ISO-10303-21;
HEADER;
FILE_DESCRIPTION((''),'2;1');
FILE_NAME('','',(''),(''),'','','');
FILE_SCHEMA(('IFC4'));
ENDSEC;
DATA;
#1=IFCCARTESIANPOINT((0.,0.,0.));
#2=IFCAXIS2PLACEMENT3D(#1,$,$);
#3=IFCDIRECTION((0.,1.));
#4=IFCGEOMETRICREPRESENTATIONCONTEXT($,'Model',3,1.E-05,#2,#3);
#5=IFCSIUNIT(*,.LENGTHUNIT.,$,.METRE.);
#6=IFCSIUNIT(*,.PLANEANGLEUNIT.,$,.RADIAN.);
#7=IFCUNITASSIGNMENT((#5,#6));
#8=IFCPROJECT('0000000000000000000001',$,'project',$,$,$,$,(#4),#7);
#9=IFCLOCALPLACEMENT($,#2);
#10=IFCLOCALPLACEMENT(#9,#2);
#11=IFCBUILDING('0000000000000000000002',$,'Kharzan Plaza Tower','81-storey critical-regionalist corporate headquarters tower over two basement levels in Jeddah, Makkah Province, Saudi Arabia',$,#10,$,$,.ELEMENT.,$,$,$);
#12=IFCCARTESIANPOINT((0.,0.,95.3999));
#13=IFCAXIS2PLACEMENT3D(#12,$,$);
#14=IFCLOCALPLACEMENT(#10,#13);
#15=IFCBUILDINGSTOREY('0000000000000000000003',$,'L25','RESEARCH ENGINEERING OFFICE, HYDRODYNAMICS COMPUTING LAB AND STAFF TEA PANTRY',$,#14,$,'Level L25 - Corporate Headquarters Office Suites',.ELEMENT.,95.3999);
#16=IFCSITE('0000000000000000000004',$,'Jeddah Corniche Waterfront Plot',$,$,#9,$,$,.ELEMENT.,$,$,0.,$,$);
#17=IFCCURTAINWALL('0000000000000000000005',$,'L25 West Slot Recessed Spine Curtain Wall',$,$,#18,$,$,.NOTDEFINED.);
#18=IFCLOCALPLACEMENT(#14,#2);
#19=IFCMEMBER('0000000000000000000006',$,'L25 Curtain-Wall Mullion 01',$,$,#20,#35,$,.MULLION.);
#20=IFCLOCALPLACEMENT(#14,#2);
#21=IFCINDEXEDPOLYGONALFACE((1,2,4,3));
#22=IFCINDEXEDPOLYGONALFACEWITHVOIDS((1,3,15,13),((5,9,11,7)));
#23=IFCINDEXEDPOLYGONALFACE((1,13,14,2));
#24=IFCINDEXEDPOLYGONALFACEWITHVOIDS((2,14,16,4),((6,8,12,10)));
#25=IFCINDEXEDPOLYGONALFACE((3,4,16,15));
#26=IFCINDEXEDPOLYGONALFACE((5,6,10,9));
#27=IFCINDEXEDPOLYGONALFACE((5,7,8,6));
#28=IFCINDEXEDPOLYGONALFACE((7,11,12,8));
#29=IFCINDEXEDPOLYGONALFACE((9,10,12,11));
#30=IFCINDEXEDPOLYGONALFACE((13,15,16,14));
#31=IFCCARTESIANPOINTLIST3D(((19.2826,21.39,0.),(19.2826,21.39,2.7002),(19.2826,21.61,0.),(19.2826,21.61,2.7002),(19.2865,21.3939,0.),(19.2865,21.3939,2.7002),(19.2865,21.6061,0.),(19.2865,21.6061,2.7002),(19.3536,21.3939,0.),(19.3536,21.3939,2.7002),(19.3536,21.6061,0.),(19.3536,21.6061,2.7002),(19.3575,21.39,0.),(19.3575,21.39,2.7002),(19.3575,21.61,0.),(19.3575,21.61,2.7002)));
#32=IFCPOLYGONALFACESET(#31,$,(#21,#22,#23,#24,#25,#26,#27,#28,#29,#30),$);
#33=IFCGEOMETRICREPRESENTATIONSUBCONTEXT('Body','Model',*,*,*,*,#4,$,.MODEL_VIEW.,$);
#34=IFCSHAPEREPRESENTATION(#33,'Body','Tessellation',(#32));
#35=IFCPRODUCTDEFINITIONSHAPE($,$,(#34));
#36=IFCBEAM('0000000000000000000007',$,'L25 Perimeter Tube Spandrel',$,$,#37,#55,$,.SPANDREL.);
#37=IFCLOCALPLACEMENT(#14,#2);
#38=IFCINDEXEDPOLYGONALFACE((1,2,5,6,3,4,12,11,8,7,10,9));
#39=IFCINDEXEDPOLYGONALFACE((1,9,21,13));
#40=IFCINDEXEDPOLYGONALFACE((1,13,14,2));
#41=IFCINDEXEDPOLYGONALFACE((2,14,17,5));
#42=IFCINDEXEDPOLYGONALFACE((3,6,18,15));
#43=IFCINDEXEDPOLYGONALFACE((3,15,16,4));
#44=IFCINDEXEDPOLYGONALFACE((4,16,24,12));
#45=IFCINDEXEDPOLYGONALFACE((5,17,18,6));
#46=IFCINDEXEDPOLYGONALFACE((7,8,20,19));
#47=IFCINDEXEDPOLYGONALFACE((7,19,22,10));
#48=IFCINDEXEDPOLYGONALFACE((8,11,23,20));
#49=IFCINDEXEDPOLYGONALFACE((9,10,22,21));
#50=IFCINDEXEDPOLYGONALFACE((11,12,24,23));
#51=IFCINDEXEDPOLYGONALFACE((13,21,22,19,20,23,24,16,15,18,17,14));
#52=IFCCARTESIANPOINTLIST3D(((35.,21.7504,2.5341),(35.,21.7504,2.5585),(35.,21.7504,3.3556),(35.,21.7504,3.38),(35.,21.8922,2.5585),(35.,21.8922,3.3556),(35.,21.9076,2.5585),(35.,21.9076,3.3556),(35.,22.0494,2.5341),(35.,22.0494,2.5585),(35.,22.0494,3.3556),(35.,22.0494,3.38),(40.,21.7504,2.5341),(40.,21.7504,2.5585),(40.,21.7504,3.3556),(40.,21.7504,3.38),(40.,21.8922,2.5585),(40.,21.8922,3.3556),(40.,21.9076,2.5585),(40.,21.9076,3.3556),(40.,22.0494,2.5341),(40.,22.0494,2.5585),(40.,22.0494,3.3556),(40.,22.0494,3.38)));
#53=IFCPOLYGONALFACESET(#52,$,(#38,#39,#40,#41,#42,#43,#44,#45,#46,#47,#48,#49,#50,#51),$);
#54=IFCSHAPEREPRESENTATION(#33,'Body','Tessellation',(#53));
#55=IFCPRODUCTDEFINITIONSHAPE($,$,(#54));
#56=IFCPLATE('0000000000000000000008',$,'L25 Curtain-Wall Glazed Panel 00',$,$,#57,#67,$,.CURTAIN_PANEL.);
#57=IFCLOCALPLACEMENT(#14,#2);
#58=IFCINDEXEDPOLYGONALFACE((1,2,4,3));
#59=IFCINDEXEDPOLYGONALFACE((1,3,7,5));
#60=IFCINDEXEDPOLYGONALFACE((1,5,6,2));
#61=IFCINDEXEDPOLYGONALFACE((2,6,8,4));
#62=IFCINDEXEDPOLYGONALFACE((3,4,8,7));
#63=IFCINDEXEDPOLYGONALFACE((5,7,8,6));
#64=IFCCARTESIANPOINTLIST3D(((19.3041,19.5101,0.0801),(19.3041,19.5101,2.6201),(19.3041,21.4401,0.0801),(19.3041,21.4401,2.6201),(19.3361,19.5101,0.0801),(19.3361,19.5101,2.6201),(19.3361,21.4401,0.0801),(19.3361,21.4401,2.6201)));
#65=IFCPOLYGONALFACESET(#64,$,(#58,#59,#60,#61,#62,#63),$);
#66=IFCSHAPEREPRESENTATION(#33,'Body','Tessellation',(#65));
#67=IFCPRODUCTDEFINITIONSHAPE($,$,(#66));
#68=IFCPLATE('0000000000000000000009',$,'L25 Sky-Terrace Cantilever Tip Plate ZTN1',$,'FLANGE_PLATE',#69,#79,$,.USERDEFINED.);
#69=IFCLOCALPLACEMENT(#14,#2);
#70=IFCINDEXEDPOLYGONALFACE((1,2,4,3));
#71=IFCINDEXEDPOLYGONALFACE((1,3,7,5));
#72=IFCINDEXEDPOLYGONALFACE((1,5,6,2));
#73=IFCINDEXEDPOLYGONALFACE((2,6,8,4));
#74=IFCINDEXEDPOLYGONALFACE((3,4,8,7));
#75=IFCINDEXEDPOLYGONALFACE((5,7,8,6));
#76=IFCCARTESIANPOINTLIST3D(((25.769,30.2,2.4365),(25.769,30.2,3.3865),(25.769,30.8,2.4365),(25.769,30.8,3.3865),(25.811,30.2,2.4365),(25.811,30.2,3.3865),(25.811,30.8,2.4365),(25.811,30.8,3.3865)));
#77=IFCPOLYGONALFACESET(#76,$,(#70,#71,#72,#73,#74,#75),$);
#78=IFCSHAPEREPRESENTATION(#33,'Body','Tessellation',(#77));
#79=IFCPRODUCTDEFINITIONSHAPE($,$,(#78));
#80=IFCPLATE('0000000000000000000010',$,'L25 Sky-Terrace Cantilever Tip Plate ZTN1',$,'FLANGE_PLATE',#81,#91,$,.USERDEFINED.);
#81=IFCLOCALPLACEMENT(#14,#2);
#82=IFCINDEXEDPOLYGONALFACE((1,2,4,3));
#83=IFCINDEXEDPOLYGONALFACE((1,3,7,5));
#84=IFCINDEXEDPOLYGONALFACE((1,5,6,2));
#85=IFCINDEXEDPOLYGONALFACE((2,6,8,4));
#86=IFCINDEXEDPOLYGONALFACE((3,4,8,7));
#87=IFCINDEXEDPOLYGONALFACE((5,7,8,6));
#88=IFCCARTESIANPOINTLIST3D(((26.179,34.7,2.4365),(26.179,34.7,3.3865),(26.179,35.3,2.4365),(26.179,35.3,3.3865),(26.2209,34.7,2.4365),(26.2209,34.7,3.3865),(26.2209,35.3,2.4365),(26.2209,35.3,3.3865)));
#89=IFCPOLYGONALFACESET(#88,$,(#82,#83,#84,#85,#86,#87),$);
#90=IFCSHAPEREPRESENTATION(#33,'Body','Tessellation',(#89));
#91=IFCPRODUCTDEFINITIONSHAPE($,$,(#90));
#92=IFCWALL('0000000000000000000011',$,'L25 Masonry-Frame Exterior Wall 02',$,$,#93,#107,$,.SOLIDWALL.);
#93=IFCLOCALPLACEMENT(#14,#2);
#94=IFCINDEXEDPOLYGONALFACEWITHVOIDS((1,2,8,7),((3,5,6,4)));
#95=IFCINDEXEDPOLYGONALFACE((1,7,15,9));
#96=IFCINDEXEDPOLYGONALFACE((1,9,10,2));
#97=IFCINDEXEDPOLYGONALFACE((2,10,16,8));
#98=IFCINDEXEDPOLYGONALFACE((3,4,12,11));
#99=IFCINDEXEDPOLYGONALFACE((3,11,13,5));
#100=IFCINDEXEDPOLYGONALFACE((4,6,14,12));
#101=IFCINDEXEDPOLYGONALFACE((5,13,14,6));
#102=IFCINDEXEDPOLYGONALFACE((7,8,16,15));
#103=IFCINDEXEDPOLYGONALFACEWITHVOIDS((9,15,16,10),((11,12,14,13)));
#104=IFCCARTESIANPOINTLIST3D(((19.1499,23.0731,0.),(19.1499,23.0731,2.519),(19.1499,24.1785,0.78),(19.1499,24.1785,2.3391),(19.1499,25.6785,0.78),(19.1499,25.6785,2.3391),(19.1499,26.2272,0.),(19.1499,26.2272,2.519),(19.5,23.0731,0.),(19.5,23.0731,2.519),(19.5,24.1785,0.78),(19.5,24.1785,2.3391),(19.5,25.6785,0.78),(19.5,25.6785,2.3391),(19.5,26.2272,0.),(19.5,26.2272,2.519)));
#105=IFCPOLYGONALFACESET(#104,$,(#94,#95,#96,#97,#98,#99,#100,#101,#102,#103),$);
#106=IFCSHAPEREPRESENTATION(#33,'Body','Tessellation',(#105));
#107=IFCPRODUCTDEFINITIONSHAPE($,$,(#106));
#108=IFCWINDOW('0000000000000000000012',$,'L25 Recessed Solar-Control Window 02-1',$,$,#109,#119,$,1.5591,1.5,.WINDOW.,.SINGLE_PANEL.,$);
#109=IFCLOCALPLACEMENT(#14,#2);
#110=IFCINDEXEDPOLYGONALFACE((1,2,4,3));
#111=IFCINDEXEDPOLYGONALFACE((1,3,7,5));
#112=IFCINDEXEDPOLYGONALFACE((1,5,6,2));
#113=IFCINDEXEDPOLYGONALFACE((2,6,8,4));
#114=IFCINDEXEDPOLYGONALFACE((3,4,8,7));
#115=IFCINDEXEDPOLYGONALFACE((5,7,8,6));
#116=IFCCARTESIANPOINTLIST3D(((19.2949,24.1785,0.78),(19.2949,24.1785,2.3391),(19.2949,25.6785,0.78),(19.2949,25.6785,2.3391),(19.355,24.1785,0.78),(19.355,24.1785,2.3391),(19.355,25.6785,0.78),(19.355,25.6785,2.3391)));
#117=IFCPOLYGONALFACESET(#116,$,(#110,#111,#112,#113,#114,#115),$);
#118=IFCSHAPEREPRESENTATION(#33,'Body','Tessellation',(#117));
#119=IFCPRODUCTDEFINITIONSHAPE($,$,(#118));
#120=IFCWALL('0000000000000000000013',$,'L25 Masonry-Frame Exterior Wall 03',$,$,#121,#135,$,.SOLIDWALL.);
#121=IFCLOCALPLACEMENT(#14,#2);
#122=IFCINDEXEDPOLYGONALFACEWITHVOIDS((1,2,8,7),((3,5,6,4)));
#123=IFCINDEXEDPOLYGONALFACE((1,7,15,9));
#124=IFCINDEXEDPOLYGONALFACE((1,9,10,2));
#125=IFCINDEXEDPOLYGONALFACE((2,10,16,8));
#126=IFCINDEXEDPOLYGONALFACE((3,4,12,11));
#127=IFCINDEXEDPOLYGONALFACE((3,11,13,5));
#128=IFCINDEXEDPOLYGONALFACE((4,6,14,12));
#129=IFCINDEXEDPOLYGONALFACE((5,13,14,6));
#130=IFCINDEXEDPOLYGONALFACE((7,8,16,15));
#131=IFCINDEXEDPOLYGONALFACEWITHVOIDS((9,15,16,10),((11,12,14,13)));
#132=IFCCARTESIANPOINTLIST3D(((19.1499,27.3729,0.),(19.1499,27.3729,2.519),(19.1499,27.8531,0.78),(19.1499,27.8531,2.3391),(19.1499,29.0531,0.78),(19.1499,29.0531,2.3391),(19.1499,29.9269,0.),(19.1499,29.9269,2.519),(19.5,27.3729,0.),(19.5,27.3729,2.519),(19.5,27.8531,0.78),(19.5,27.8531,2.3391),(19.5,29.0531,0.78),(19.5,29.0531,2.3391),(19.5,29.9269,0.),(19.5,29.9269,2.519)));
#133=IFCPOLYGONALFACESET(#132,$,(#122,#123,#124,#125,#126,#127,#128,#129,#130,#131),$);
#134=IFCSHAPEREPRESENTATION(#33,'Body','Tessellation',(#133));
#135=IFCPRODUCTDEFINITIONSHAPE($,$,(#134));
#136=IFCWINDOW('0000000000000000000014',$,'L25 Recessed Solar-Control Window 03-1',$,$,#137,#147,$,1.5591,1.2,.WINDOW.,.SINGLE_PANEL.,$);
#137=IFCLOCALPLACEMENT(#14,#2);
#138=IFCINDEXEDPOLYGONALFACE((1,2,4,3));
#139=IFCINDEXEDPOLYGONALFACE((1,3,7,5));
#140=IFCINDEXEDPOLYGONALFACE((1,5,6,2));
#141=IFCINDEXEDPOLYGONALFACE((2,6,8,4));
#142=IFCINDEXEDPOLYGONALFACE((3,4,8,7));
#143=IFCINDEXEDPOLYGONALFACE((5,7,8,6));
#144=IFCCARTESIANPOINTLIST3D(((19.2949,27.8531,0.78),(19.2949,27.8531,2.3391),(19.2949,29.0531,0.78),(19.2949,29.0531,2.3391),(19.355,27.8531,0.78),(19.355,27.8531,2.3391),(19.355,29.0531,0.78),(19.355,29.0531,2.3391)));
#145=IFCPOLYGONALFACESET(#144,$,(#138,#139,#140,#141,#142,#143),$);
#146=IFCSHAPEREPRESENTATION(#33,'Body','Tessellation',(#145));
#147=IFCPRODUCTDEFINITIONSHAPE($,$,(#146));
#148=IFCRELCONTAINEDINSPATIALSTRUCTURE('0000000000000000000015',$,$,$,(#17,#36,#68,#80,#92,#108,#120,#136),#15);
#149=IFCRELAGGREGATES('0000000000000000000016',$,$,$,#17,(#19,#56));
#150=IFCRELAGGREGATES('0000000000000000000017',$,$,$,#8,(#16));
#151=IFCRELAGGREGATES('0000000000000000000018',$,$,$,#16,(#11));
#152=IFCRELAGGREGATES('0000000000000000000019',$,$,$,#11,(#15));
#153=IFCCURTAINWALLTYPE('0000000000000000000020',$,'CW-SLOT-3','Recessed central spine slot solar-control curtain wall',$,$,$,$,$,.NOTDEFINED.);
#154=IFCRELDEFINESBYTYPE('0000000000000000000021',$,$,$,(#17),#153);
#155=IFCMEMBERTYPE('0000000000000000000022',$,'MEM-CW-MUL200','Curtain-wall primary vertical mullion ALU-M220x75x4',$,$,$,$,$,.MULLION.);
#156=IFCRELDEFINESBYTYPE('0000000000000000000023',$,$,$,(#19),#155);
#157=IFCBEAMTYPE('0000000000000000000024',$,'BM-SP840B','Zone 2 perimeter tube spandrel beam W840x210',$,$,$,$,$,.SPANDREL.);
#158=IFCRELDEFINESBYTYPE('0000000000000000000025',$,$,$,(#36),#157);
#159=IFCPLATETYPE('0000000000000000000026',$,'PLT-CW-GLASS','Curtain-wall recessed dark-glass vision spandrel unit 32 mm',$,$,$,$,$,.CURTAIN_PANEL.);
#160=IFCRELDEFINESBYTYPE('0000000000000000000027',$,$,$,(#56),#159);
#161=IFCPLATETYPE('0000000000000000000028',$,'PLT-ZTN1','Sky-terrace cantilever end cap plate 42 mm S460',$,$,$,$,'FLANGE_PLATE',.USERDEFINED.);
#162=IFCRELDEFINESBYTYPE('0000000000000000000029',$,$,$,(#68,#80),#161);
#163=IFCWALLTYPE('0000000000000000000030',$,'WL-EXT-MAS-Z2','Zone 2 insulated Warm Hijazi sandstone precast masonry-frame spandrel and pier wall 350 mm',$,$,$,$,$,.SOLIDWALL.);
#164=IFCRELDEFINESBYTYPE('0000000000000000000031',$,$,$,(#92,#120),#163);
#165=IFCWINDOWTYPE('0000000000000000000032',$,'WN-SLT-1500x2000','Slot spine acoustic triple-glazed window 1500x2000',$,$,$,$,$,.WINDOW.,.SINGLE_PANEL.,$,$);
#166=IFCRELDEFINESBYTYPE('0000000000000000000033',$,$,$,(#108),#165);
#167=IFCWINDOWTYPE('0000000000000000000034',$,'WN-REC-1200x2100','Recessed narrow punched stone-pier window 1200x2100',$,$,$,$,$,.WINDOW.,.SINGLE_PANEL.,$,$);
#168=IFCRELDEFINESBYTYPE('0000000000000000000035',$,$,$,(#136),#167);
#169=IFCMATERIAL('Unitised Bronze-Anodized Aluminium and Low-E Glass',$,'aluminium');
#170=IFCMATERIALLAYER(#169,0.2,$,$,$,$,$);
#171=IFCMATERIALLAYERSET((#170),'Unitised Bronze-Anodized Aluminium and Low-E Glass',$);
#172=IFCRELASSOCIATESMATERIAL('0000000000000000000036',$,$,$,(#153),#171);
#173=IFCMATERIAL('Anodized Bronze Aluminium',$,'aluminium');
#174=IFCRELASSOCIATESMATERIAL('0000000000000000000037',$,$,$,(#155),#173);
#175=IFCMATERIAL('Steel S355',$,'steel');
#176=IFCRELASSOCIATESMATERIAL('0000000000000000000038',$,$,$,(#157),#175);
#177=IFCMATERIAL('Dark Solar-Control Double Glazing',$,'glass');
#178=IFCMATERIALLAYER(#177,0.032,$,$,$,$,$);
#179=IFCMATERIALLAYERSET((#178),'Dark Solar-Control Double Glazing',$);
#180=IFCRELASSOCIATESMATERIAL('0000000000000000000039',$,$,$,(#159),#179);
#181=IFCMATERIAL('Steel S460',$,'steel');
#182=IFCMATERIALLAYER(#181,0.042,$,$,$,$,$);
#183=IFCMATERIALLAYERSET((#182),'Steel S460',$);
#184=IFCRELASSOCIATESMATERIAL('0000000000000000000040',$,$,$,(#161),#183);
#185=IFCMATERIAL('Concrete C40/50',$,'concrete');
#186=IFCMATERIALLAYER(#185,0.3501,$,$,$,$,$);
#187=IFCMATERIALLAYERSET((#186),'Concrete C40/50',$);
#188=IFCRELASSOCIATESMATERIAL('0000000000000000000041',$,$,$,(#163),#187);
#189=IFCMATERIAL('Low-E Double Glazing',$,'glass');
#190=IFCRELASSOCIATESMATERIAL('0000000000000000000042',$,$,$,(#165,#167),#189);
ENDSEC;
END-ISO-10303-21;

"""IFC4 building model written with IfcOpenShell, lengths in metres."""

from ifc_helpers import new_model, si_unit, direction, frame, frame_2d, origin, origin_2d, place, context, subcontext, project, spatial, rectangle, hollow_rectangle, i_section, extrude, source, transform, mapped, material, layer, layer_set, material_profile, profile_set, type_object, element, fill, aggregate, save


model = new_model("IFC4")

# Units and contexts
model_context = context("Model", 3, precision=1e-05, world=origin(), true_north=direction((0.0, 1.0)))
body_context = subcontext(model_context, "Body", "Model", "MODEL_VIEW")
ifc_project = project(units=[si_unit("LENGTHUNIT", "METRE"), si_unit("PLANEANGLEUNIT", "RADIAN")], contexts=[model_context])

# Site, building, storey
site_placement = place(None, origin())
site = spatial("IfcSite", under=ifc_project, at=site_placement, Name="Jeddah Corniche Waterfront Plot", CompositionType="ELEMENT", RefElevation=0.0)
building_placement = place(site_placement, origin())
building = spatial("IfcBuilding", under=site, at=building_placement, Name="Kharzan Plaza Tower", Description="81-storey critical-regionalist corporate headquarters tower over two basement levels in Jeddah, Makkah Province, Saudi Arabia", CompositionType="ELEMENT")
storey_placement = place(building_placement, frame((0.0, 0.0, 95.3999)))
storey = spatial("IfcBuildingStorey", under=building, at=storey_placement, Name="L25", Description="RESEARCH ENGINEERING OFFICE, HYDRODYNAMICS COMPUTING LAB AND STAFF TEA PANTRY", LongName="Level L25 - Corporate Headquarters Office Suites", CompositionType="ELEMENT", Elevation=95.3999)

# Shared definitions
ifc_material_1 = material(Name="Steel S355", Category="steel")

# Curtain wall, member
ifc_material_2 = material(Name="Unitised Bronze-Anodized Aluminium and Low-E Glass", Category="aluminium")
ifc_layer_1 = layer(ifc_material_2, 0.2)
ifc_layer_set_1 = layer_set([ifc_layer_1], Name="Unitised Bronze-Anodized Aluminium and Low-E Glass")
curtain_wall_type = type_object("IfcCurtainWallType", Name="CW-SLOT-3", Description="Recessed central spine slot solar-control curtain wall", PredefinedType="NOTDEFINED", material=ifc_layer_set_1)
curtain_wall_placement = place(storey_placement, origin())
curtain_wall = element("IfcCurtainWall", 1, at=curtain_wall_placement, inside=storey, type_object=curtain_wall_type, Name="L25 West Slot Recessed Spine Curtain Wall", PredefinedType="NOTDEFINED")
ifc_material_3 = material(Name="Anodized Bronze Aluminium", Category="aluminium")
ifc_material_profile_1 = material_profile(ifc_material_3, hollow_rectangle(XDim=0.075, YDim=0.22, WallThickness=0.0039, at=origin_2d()), Name="ALU-M220x75x4")
ifc_profile_set_1 = profile_set([ifc_material_profile_1], Name="Anodized Bronze Aluminium")
member_type_1 = type_object("IfcMemberType", Name="MEM-CW-MUL200", Description="Curtain-wall primary vertical mullion ALU-M220x75x4", PredefinedType="MULLION", material=ifc_profile_set_1)
shared_shape_1 = source(origin(), body_context, "Body", "SweptSolid", [
    extrude(hollow_rectangle(XDim=0.075, YDim=0.22, WallThickness=0.0039, at=origin_2d()), origin(), (0.0, 0.0, 1.0), 2.7002),
])
member_1_placement = place(storey_placement, frame((19.3201, 21.5, 0.0), z_axis=(0.0, 0.0, 1.0), x_axis=(1.0, 0.0, 0.0)))
member_1 = element("IfcMember", 2, at=member_1_placement, type_object=member_type_1, Name="L25 Curtain-Wall Mullion 01", PredefinedType="MULLION", context=body_context, shape_type="MappedRepresentation", body=[
    mapped(shared_shape_1, transform((0.0, 0.0, 0.0), x_axis=(1.0, 0.0, 0.0), y_axis=(0.0, 1.0, 0.0), z_axis=(0.0, 0.0, 1.0))),
])

# Beam
ifc_material_profile_2 = material_profile(ifc_material_1, i_section(OverallWidth=0.2991, OverallDepth=0.8459, WebThickness=0.0154, FlangeThickness=0.0244, at=origin_2d()), Name="W840x210")
ifc_profile_set_2 = profile_set([ifc_material_profile_2], Name="Steel S355")
beam_type_1 = type_object("IfcBeamType", Name="BM-SP840B", Description="Zone 2 perimeter tube spandrel beam W840x210", PredefinedType="SPANDREL", material=ifc_profile_set_2)
shared_shape_2 = source(origin(), body_context, "Body", "SweptSolid", [
    extrude(i_section(OverallWidth=0.2991, OverallDepth=0.8459, WebThickness=0.0154, FlangeThickness=0.0244, at=origin_2d()), origin(), (0.0, 0.0, 1.0), 5.0),
])
beam_1_placement = place(storey_placement, frame((35.0, 21.8999, 2.957), z_axis=(1.0, 0.0, 0.0), x_axis=(0.0, 1.0, 0.0)))
element("IfcBeam", 3, at=beam_1_placement, inside=storey, type_object=beam_type_1, Name="L25 Perimeter Tube Spandrel", PredefinedType="SPANDREL", context=body_context, shape_type="MappedRepresentation", body=[
    mapped(shared_shape_2, transform((0.0, 0.0, 0.0), x_axis=(1.0, 0.0, 0.0), y_axis=(0.0, 1.0, 0.0), z_axis=(0.0, 0.0, 1.0))),
])

# Plate
ifc_material_4 = material(Name="Dark Solar-Control Double Glazing", Category="glass")
ifc_layer_2 = layer(ifc_material_4, 0.032)
ifc_layer_set_2 = layer_set([ifc_layer_2], Name="Dark Solar-Control Double Glazing")
plate_type_1 = type_object("IfcPlateType", Name="PLT-CW-GLASS", Description="Curtain-wall recessed dark-glass vision spandrel unit 32 mm", PredefinedType="CURTAIN_PANEL", material=ifc_layer_set_2)
shared_shape_3 = source(origin(), body_context, "Body", "SweptSolid", [
    extrude(rectangle(XDim=1.9299, YDim=0.032, at=origin_2d()), origin(), (0.0, 0.0, 1.0), 2.54),
])
plate_placement = place(storey_placement, frame((19.3201, 20.4751, 0.0801), z_axis=(0.0, 0.0, 1.0), x_axis=(0.0, 1.0, 0.0)))
plate = element("IfcPlate", 4, at=plate_placement, type_object=plate_type_1, Name="L25 Curtain-Wall Glazed Panel 00", PredefinedType="CURTAIN_PANEL", context=body_context, shape_type="MappedRepresentation", body=[
    mapped(shared_shape_3, transform((0.0, 0.0, 0.0), x_axis=(1.0, 0.0, 0.0), y_axis=(0.0, 1.0, 0.0), z_axis=(0.0, 0.0, 1.0))),
])
aggregate(curtain_wall, [member_1, plate])

# Plates
ifc_material_5 = material(Name="Steel S460", Category="steel")
ifc_layer_3 = layer(ifc_material_5, 0.042)
ifc_layer_set_3 = layer_set([ifc_layer_3], Name="Steel S460")
plate_type_2 = type_object("IfcPlateType", Name="PLT-ZTN1", Description="Sky-terrace cantilever end cap plate 42 mm S460", ElementType="FLANGE_PLATE", PredefinedType="USERDEFINED", material=ifc_layer_set_3)
shared_shape_4 = source(origin(), body_context, "Body", "SweptSolid", [
    extrude(rectangle(XDim=0.6001, YDim=0.042, at=origin_2d()), origin(), (0.0, 0.0, 1.0), 0.95),
])
for number, where, z_axis, x_axis, name in (
    (5, (25.79, 30.5, 2.4365), (0.0, 0.0, 1.0), (0.0, 1.0, 0.0), "L25 Sky-Terrace Cantilever Tip Plate ZTN1"),
    (6, (26.2, 35.0, 2.4365), (0.0, 0.0, 1.0), (0.0, 1.0, 0.0), "L25 Sky-Terrace Cantilever Tip Plate ZTN1"),
):
    element("IfcPlate", number, at=place(storey_placement, frame(where, z_axis=z_axis, x_axis=x_axis)), inside=storey, type_object=plate_type_2, Name=name, ObjectType="FLANGE_PLATE", PredefinedType="USERDEFINED", context=body_context, shape_type="MappedRepresentation", body=[
        mapped(shared_shape_4, transform((0.0, 0.0, 0.0), x_axis=(1.0, 0.0, 0.0), y_axis=(0.0, 1.0, 0.0), z_axis=(0.0, 0.0, 1.0))),
    ])

# Walls, openings, windows
ifc_material_6 = material(Name="Concrete C40/50", Category="concrete")
ifc_layer_4 = layer(ifc_material_6, 0.3501)
ifc_layer_set_4 = layer_set([ifc_layer_4], Name="Concrete C40/50")
wall_type_1 = type_object("IfcWallType", Name="WL-EXT-MAS-Z2", Description="Zone 2 insulated Warm Hijazi sandstone precast masonry-frame spandrel and pier wall 350 mm", PredefinedType="SOLIDWALL", material=ifc_layer_set_4)
wall_1_placement = place(storey_placement, frame((19.325, 23.073, 0.0), z_axis=(0.0, 0.0, 1.0), x_axis=(0.0, 1.0, 0.0)))
wall_1 = element("IfcWall", 7, at=wall_1_placement, inside=storey, type_object=wall_type_1, Name="L25 Masonry-Frame Exterior Wall 02", PredefinedType="SOLIDWALL", context=body_context, shape_type="SweptSolid", body=[
    extrude(rectangle(XDim=3.1541, YDim=0.3501, at=frame_2d((1.5771, 0.0))), origin(), (0.0, 0.0, 1.0), 2.519),
])
opening_1_placement = place(wall_1_placement, frame((1.1055, 0.0, 0.78)))
opening_1 = element("IfcOpeningElement", 8, at=opening_1_placement, cuts=wall_1, PredefinedType="OPENING", context=body_context, shape_type="SweptSolid", body=[
    extrude(rectangle(XDim=1.5, YDim=1.5591, at=frame_2d((0.75, 0.7795))), frame((0.0, 0.1851, 0.0), z_axis=(0.0, -1.0, 0.0), x_axis=(1.0, 0.0, 0.0)), (0.0, 0.0, 1.0), 0.3701),
])
ifc_material_7 = material(Name="Low-E Double Glazing", Category="glass")
window_type_1 = type_object("IfcWindowType", Name="WN-SLT-1500x2000", Description="Slot spine acoustic triple-glazed window 1500x2000", PartitioningType="SINGLE_PANEL", PredefinedType="WINDOW", material=ifc_material_7)
shared_shape_5 = source(origin(), body_context, "Body", "SweptSolid", [
    extrude(rectangle(XDim=1.5, YDim=1.5591, at=frame_2d((0.75, 0.7795))), frame((0.0, 0.03, 0.0), z_axis=(0.0, -1.0, 0.0), x_axis=(1.0, 0.0, 0.0)), (0.0, 0.0, 1.0), 0.0601),
])
window_1_placement = place(opening_1_placement, origin())
window_1 = element("IfcWindow", 9, at=window_1_placement, inside=storey, type_object=window_type_1, Name="L25 Recessed Solar-Control Window 02-1", OverallHeight=1.5591, OverallWidth=1.5, PartitioningType="SINGLE_PANEL", PredefinedType="WINDOW", context=body_context, shape_type="MappedRepresentation", body=[
    mapped(shared_shape_5, transform((0.0, 0.0, 0.0), x_axis=(1.0, 0.0, 0.0), y_axis=(0.0, 1.0, 0.0), z_axis=(0.0, 0.0, 1.0))),
])
fill(opening_1, window_1)
wall_2_placement = place(storey_placement, frame((19.325, 27.373, 0.0), z_axis=(0.0, 0.0, 1.0), x_axis=(0.0, 1.0, 0.0)))
wall_2 = element("IfcWall", 10, at=wall_2_placement, inside=storey, type_object=wall_type_1, Name="L25 Masonry-Frame Exterior Wall 03", PredefinedType="SOLIDWALL", context=body_context, shape_type="SweptSolid", body=[
    extrude(rectangle(XDim=2.554, YDim=0.3501, at=frame_2d((1.2769, 0.0))), origin(), (0.0, 0.0, 1.0), 2.519),
])
opening_2_placement = place(wall_2_placement, frame((0.48, 0.0, 0.78)))
opening_2 = element("IfcOpeningElement", 11, at=opening_2_placement, cuts=wall_2, PredefinedType="OPENING", context=body_context, shape_type="SweptSolid", body=[
    extrude(rectangle(XDim=1.2, YDim=1.5591, at=frame_2d((0.6001, 0.7795))), frame((0.0, 0.1851, 0.0), z_axis=(0.0, -1.0, 0.0), x_axis=(1.0, 0.0, 0.0)), (0.0, 0.0, 1.0), 0.3701),
])
window_type_2 = type_object("IfcWindowType", Name="WN-REC-1200x2100", Description="Recessed narrow punched stone-pier window 1200x2100", PartitioningType="SINGLE_PANEL", PredefinedType="WINDOW", material=ifc_material_7)
shared_shape_6 = source(origin(), body_context, "Body", "SweptSolid", [
    extrude(rectangle(XDim=1.2, YDim=1.5591, at=frame_2d((0.6001, 0.7795))), frame((0.0, 0.03, 0.0), z_axis=(0.0, -1.0, 0.0), x_axis=(1.0, 0.0, 0.0)), (0.0, 0.0, 1.0), 0.0601),
])
window_2_placement = place(opening_2_placement, origin())
window_2 = element("IfcWindow", 12, at=window_2_placement, inside=storey, type_object=window_type_2, Name="L25 Recessed Solar-Control Window 03-1", OverallHeight=1.5591, OverallWidth=1.2, PartitioningType="SINGLE_PANEL", PredefinedType="WINDOW", context=body_context, shape_type="MappedRepresentation", body=[
    mapped(shared_shape_6, transform((0.0, 0.0, 0.0), x_axis=(1.0, 0.0, 0.0), y_axis=(0.0, 1.0, 0.0), z_axis=(0.0, 0.0, 1.0))),
])
fill(opening_2, window_2)

save(model, "model.ifc")
